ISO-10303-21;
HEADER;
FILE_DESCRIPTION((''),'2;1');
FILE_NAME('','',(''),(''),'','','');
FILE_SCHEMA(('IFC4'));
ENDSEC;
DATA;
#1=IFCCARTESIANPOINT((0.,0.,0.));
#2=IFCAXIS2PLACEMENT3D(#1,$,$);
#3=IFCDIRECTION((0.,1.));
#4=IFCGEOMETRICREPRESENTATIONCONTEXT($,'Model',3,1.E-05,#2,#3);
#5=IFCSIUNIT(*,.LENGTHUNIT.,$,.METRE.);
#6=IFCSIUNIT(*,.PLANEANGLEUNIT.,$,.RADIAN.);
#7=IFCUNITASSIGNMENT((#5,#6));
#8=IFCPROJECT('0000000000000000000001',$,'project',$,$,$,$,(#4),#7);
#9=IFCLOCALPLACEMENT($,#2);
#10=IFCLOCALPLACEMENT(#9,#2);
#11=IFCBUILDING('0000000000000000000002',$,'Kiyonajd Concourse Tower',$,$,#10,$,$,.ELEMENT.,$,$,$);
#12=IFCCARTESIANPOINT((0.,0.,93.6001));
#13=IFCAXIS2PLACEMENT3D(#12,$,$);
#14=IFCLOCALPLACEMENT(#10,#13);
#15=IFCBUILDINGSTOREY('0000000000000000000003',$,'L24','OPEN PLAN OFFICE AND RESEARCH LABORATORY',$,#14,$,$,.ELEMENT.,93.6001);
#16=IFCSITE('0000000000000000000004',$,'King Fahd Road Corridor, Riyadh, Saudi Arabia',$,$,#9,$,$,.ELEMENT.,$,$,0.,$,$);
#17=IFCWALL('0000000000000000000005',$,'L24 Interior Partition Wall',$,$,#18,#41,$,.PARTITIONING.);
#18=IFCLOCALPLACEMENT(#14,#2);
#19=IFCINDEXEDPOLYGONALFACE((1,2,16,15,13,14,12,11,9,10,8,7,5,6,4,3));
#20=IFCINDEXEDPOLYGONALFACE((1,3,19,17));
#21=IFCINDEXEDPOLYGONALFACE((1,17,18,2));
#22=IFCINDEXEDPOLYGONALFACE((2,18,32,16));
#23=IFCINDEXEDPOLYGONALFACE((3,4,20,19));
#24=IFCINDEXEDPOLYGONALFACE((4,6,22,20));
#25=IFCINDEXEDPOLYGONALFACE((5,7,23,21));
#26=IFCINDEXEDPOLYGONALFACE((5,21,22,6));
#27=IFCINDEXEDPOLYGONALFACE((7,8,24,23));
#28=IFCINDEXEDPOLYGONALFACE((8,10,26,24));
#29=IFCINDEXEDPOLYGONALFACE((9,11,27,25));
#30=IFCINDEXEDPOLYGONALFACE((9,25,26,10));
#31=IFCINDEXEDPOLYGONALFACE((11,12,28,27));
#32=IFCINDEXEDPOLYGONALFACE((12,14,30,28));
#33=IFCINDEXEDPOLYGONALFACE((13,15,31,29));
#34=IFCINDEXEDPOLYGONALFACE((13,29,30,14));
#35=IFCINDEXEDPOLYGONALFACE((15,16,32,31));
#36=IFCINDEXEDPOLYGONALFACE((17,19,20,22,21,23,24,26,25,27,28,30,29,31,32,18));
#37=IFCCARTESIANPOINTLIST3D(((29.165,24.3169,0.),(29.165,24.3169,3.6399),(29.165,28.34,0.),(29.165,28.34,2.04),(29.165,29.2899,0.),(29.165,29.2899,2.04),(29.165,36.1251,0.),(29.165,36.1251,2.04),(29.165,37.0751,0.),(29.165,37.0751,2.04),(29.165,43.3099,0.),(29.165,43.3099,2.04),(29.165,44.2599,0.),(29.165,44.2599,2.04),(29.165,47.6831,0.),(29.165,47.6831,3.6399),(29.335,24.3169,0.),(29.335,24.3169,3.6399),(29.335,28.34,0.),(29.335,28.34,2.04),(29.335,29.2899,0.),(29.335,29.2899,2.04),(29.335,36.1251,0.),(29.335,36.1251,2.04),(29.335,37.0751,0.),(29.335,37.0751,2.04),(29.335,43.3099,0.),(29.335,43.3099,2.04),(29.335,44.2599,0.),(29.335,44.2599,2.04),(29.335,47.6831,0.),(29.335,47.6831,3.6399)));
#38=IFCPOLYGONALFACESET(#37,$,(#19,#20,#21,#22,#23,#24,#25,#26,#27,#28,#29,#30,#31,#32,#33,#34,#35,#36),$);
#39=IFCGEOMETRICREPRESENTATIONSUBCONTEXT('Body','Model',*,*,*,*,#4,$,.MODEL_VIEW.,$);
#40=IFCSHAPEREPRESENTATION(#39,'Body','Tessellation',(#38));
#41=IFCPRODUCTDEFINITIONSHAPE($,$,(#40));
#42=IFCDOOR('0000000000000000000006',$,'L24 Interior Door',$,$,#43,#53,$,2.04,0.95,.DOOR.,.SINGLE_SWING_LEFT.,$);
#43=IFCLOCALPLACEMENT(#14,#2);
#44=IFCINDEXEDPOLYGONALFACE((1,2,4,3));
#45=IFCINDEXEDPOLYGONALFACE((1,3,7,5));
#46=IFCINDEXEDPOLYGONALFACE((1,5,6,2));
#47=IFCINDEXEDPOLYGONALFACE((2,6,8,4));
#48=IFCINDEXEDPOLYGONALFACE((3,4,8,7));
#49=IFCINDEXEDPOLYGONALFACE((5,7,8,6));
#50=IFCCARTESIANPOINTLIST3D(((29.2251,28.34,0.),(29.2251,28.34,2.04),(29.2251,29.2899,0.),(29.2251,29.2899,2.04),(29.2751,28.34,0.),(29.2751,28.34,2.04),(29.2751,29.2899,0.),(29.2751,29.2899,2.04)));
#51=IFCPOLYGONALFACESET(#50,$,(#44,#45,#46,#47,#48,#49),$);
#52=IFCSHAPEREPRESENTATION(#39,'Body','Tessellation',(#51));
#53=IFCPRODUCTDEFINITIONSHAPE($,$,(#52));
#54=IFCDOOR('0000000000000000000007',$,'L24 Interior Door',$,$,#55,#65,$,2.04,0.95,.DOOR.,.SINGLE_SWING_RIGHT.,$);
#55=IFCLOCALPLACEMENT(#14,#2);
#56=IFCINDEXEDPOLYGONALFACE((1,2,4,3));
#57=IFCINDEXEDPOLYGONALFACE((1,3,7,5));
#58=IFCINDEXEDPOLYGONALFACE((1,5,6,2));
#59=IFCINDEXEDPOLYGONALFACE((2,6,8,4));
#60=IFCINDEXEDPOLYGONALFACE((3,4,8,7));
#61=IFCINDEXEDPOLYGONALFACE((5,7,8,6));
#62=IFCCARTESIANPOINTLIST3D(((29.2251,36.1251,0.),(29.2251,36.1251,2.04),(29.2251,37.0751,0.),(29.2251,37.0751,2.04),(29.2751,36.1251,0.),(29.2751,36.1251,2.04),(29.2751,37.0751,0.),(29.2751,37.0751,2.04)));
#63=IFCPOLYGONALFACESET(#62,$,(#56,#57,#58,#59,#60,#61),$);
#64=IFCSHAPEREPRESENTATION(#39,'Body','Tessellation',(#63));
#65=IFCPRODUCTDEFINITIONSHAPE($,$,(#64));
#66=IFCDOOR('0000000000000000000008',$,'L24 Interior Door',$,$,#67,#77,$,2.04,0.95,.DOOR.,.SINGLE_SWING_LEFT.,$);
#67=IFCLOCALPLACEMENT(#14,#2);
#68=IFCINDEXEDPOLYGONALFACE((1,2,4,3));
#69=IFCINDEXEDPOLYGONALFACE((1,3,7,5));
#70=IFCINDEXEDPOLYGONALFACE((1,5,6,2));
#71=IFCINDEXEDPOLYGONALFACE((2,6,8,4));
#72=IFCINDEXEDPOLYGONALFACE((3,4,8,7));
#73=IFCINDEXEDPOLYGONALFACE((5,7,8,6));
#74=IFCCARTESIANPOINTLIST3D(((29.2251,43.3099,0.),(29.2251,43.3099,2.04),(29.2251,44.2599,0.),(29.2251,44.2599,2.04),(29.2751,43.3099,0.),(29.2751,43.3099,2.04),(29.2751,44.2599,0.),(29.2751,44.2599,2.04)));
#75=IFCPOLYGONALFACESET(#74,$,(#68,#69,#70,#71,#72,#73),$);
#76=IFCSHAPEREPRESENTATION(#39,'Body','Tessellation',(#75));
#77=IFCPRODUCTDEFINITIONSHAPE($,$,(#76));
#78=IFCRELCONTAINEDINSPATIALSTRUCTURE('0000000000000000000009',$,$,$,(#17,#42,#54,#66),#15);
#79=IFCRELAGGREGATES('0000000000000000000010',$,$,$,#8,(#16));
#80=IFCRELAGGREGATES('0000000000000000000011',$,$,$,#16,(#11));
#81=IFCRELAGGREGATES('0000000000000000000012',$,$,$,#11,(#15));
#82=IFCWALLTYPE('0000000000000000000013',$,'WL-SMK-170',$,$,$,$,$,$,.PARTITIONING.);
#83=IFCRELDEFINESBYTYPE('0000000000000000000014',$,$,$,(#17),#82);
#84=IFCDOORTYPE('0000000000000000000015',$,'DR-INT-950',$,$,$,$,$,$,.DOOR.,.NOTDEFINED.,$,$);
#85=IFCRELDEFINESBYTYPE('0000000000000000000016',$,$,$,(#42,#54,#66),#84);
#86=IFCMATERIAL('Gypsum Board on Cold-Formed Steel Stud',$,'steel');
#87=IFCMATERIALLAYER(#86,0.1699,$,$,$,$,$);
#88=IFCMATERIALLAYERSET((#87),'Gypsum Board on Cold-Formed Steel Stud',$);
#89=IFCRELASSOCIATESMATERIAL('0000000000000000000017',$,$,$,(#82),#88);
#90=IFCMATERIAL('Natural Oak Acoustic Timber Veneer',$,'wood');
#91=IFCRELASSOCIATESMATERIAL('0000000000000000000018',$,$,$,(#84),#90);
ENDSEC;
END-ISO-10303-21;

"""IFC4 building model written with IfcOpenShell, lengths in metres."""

from ifc_helpers import new_model, si_unit, direction, frame, frame_2d, origin, place, context, subcontext, project, spatial, rectangle, extrude, material, layer, layer_set, type_object, element, fill, save


model = new_model("IFC4")

# Units and contexts
model_context = context("Model", 3, precision=1e-05, world=origin(), true_north=direction((0.0, 1.0)))
body_context = subcontext(model_context, "Body", "Model", "MODEL_VIEW")
ifc_project = project(units=[si_unit("LENGTHUNIT", "METRE"), si_unit("PLANEANGLEUNIT", "RADIAN")], contexts=[model_context])

# Site, building, storey
site_placement = place(None, origin())
site = spatial("IfcSite", under=ifc_project, at=site_placement, Name="King Fahd Road Corridor, Riyadh, Saudi Arabia", CompositionType="ELEMENT", RefElevation=0.0)
building_placement = place(site_placement, origin())
building = spatial("IfcBuilding", under=site, at=building_placement, Name="Kiyonajd Concourse Tower", CompositionType="ELEMENT")
storey_placement = place(building_placement, frame((0.0, 0.0, 93.6001)))
storey = spatial("IfcBuildingStorey", under=building, at=storey_placement, Name="L24", Description="OPEN PLAN OFFICE AND RESEARCH LABORATORY", CompositionType="ELEMENT", Elevation=93.6001)

# Shared definitions
ifc_material_1 = material(Name="Gypsum Board on Cold-Formed Steel Stud", Category="steel")

# Wall, openings, doors
ifc_layer_1 = layer(ifc_material_1, 0.1699)
ifc_layer_set_1 = layer_set([ifc_layer_1], Name="Gypsum Board on Cold-Formed Steel Stud")
wall_type_1 = type_object("IfcWallType", Name="WL-SMK-170", PredefinedType="PARTITIONING", material=ifc_layer_set_1)
ifc_material_2 = material(Name="Natural Oak Acoustic Timber Veneer", Category="wood")
door_type = type_object("IfcDoorType", Name="DR-INT-950", OperationType="NOTDEFINED", PredefinedType="DOOR", material=ifc_material_2)
wall_1_placement = place(storey_placement, frame((29.25, 24.3169, 0.0), z_axis=(0.0, 0.0, 1.0), x_axis=(0.0, 1.0, 0.0)))
wall_1 = element("IfcWall", 1, at=wall_1_placement, inside=storey, type_object=wall_type_1, Name="L24 Interior Partition Wall", PredefinedType="PARTITIONING", context=body_context, shape_type="SweptSolid", body=[
    extrude(rectangle(XDim=23.3662, YDim=0.1699, at=frame_2d((11.6831, 0.0))), origin(), (0.0, 0.0, 1.0), 3.6399),
])
opening_1_placement = place(wall_1_placement, frame((4.0229, 0.0, 0.0)))
opening_1 = element("IfcOpeningElement", 2, at=opening_1_placement, cuts=wall_1, PredefinedType="OPENING", context=body_context, shape_type="SweptSolid", body=[
    extrude(rectangle(XDim=0.95, YDim=2.04, at=frame_2d((0.4751, 1.02))), frame((0.0, 0.095, 0.0), z_axis=(0.0, -1.0, 0.0), x_axis=(1.0, 0.0, 0.0)), (0.0, 0.0, 1.0), 0.1899),
])
opening_2_placement = place(wall_1_placement, frame((11.8081, 0.0, 0.0)))
opening_2 = element("IfcOpeningElement", 3, at=opening_2_placement, cuts=wall_1, PredefinedType="OPENING", context=body_context, shape_type="SweptSolid", body=[
    extrude(rectangle(XDim=0.95, YDim=2.04, at=frame_2d((0.4751, 1.02))), frame((0.0, 0.095, 0.0), z_axis=(0.0, -1.0, 0.0), x_axis=(1.0, 0.0, 0.0)), (0.0, 0.0, 1.0), 0.1899),
])
opening_3_placement = place(wall_1_placement, frame((18.9929, 0.0, 0.0)))
opening_3 = element("IfcOpeningElement", 4, at=opening_3_placement, cuts=wall_1, PredefinedType="OPENING", context=body_context, shape_type="SweptSolid", body=[
    extrude(rectangle(XDim=0.95, YDim=2.04, at=frame_2d((0.4751, 1.02))), frame((0.0, 0.095, 0.0), z_axis=(0.0, -1.0, 0.0), x_axis=(1.0, 0.0, 0.0)), (0.0, 0.0, 1.0), 0.1899),
])
door_1_placement = place(opening_1_placement, origin())
door_1 = element("IfcDoor", 5, at=door_1_placement, inside=storey, type_object=door_type, Name="L24 Interior Door", OperationType="SINGLE_SWING_LEFT", OverallHeight=2.04, OverallWidth=0.95, PredefinedType="DOOR", context=body_context, shape_type="SweptSolid", body=[
    extrude(rectangle(XDim=0.95, YDim=2.04, at=frame_2d((0.4751, 1.02))), frame((0.0, 0.0249, 0.0), z_axis=(0.0, -1.0, 0.0), x_axis=(1.0, 0.0, 0.0)), (0.0, 0.0, 1.0), 0.05),
])
fill(opening_1, door_1)
door_2_placement = place(opening_2_placement, origin())
door_2 = element("IfcDoor", 6, at=door_2_placement, inside=storey, type_object=door_type, Name="L24 Interior Door", OperationType="SINGLE_SWING_RIGHT", OverallHeight=2.04, OverallWidth=0.95, PredefinedType="DOOR", context=body_context, shape_type="SweptSolid", body=[
    extrude(rectangle(XDim=0.95, YDim=2.04, at=frame_2d((0.4751, 1.02))), frame((0.0, 0.0249, 0.0), z_axis=(0.0, -1.0, 0.0), x_axis=(1.0, 0.0, 0.0)), (0.0, 0.0, 1.0), 0.05),
])
fill(opening_2, door_2)
door_3_placement = place(opening_3_placement, origin())
door_3 = element("IfcDoor", 7, at=door_3_placement, inside=storey, type_object=door_type, Name="L24 Interior Door", OperationType="SINGLE_SWING_LEFT", OverallHeight=2.04, OverallWidth=0.95, PredefinedType="DOOR", context=body_context, shape_type="SweptSolid", body=[
    extrude(rectangle(XDim=0.95, YDim=2.04, at=frame_2d((0.4751, 1.02))), frame((0.0, 0.0249, 0.0), z_axis=(0.0, -1.0, 0.0), x_axis=(1.0, 0.0, 0.0)), (0.0, 0.0, 1.0), 0.05),
])
fill(opening_3, door_3)

save(model, "model.ifc")
